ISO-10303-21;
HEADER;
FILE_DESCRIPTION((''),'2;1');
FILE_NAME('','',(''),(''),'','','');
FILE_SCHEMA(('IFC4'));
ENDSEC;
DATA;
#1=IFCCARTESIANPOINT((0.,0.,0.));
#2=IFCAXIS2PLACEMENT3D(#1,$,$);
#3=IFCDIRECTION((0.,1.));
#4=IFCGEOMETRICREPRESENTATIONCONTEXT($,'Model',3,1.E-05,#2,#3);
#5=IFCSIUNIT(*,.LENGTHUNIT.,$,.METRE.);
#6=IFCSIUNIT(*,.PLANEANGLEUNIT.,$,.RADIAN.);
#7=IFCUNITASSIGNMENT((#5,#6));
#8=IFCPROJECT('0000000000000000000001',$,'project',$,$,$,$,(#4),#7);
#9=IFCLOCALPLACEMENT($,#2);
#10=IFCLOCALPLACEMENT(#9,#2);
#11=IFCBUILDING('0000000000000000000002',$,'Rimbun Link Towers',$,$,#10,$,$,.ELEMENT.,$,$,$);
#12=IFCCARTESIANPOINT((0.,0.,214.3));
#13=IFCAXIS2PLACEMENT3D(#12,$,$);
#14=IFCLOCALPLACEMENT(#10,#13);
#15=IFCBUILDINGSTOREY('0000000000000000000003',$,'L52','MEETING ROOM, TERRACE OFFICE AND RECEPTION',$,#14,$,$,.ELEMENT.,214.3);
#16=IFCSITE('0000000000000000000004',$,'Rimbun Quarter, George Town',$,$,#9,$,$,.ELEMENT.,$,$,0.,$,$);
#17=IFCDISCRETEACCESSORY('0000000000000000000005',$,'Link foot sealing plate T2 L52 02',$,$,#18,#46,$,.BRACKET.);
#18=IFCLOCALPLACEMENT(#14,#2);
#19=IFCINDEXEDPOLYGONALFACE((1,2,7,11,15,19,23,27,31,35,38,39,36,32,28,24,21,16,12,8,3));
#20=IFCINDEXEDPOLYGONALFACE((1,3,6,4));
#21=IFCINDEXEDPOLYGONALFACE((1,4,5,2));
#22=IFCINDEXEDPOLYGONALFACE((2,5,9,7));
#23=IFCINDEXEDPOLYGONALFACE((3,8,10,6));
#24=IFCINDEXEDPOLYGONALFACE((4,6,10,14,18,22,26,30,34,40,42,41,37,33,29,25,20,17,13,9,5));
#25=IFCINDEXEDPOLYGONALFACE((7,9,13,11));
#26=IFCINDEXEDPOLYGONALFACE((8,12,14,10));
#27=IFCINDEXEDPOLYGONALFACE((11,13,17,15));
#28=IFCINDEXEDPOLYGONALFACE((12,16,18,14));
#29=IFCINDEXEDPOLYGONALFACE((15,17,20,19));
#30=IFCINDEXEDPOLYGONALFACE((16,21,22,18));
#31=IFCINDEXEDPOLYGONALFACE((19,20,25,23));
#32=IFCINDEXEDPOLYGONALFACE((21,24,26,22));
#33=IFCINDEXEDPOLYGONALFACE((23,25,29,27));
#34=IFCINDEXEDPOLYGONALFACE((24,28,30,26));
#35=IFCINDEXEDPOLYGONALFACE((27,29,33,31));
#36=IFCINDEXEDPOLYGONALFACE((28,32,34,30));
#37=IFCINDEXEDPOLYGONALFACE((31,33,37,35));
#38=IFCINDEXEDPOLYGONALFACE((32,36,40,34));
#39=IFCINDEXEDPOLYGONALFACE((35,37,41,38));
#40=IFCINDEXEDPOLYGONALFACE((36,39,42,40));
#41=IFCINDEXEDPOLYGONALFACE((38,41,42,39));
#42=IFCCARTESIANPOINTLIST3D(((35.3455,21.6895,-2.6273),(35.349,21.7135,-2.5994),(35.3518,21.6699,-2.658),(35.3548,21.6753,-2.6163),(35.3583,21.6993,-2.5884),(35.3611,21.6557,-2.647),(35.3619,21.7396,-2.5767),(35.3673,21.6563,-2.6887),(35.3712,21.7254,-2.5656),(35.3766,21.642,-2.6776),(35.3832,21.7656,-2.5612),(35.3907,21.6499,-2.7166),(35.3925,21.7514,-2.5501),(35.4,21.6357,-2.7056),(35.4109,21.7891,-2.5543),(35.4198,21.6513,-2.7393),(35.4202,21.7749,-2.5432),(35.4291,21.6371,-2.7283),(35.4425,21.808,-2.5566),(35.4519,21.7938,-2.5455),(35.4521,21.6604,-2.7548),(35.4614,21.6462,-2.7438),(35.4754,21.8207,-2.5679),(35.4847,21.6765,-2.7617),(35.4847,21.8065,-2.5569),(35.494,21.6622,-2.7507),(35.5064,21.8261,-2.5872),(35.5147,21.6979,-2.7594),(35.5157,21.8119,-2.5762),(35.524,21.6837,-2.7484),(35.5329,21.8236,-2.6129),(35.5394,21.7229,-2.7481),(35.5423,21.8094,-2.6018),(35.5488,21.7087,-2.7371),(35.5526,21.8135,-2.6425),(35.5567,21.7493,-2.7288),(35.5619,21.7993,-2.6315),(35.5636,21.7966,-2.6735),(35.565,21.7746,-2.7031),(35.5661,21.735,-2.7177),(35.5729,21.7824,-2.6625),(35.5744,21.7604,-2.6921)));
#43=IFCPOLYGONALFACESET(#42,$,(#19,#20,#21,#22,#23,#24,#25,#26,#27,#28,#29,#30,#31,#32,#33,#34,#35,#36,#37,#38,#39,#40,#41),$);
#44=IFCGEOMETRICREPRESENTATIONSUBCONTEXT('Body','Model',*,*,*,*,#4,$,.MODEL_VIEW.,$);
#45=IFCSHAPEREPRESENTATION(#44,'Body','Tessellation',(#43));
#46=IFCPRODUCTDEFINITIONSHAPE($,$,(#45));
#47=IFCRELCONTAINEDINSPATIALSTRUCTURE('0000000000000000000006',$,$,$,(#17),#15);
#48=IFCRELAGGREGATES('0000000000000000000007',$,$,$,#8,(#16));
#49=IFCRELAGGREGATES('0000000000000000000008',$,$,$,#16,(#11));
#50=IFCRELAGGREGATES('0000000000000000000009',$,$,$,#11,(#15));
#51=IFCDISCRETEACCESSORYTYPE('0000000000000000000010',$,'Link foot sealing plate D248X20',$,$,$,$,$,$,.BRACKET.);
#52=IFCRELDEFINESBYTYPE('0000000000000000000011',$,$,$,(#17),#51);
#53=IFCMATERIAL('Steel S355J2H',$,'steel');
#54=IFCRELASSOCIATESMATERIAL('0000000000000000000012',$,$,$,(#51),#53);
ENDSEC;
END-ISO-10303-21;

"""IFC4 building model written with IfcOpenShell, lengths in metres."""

from ifc_helpers import new_model, si_unit, direction, frame, origin, origin_2d, place, context, subcontext, project, spatial, circle, extrude, material, material_profile, profile_set, type_object, element, save


model = new_model("IFC4")

# Units and contexts
model_context = context("Model", 3, precision=1e-05, world=origin(), true_north=direction((0.0, 1.0)))
body_context = subcontext(model_context, "Body", "Model", "MODEL_VIEW")
ifc_project = project(units=[si_unit("LENGTHUNIT", "METRE"), si_unit("PLANEANGLEUNIT", "RADIAN")], contexts=[model_context])

# Site, building, storey
site_placement = place(None, origin())
site = spatial("IfcSite", under=ifc_project, at=site_placement, Name="Rimbun Quarter, George Town", CompositionType="ELEMENT", RefElevation=0.0)
building_placement = place(site_placement, origin())
building = spatial("IfcBuilding", under=site, at=building_placement, Name="Rimbun Link Towers", CompositionType="ELEMENT")
storey_placement = place(building_placement, frame((0.0, 0.0, 214.3)))
storey = spatial("IfcBuildingStorey", under=building, at=storey_placement, Name="L52", Description="MEETING ROOM, TERRACE OFFICE AND RECEPTION", CompositionType="ELEMENT", Elevation=214.3)

# Discrete accessory
ifc_material_1 = material(Name="Steel S355J2H", Category="steel")
ifc_material_profile_1 = material_profile(ifc_material_1, circle(Radius=0.124, at=origin_2d()), Name="PL D248")
ifc_profile_set_1 = profile_set([ifc_material_profile_1], Name="Steel S355J2H")
discrete_accessory_type = type_object("IfcDiscreteAccessoryType", Name="Link foot sealing plate D248X20", PredefinedType="BRACKET", material=ifc_profile_set_1)
discrete_accessory_placement = place(storey_placement, frame((35.4648, 21.7236, -2.647), z_axis=(-0.459704, 0.701653, -0.544386), x_axis=(-0.836461, -0.548026, 0.0)))
element("IfcDiscreteAccessory", 1, at=discrete_accessory_placement, inside=storey, type_object=discrete_accessory_type, Name="Link foot sealing plate T2 L52 02", PredefinedType="BRACKET", context=body_context, shape_type="SweptSolid", body=[
    extrude(circle(Radius=0.124, at=origin_2d()), origin(), (0.0, 0.0, 1.0), 0.0203),
])

save(model, "model.ifc")
